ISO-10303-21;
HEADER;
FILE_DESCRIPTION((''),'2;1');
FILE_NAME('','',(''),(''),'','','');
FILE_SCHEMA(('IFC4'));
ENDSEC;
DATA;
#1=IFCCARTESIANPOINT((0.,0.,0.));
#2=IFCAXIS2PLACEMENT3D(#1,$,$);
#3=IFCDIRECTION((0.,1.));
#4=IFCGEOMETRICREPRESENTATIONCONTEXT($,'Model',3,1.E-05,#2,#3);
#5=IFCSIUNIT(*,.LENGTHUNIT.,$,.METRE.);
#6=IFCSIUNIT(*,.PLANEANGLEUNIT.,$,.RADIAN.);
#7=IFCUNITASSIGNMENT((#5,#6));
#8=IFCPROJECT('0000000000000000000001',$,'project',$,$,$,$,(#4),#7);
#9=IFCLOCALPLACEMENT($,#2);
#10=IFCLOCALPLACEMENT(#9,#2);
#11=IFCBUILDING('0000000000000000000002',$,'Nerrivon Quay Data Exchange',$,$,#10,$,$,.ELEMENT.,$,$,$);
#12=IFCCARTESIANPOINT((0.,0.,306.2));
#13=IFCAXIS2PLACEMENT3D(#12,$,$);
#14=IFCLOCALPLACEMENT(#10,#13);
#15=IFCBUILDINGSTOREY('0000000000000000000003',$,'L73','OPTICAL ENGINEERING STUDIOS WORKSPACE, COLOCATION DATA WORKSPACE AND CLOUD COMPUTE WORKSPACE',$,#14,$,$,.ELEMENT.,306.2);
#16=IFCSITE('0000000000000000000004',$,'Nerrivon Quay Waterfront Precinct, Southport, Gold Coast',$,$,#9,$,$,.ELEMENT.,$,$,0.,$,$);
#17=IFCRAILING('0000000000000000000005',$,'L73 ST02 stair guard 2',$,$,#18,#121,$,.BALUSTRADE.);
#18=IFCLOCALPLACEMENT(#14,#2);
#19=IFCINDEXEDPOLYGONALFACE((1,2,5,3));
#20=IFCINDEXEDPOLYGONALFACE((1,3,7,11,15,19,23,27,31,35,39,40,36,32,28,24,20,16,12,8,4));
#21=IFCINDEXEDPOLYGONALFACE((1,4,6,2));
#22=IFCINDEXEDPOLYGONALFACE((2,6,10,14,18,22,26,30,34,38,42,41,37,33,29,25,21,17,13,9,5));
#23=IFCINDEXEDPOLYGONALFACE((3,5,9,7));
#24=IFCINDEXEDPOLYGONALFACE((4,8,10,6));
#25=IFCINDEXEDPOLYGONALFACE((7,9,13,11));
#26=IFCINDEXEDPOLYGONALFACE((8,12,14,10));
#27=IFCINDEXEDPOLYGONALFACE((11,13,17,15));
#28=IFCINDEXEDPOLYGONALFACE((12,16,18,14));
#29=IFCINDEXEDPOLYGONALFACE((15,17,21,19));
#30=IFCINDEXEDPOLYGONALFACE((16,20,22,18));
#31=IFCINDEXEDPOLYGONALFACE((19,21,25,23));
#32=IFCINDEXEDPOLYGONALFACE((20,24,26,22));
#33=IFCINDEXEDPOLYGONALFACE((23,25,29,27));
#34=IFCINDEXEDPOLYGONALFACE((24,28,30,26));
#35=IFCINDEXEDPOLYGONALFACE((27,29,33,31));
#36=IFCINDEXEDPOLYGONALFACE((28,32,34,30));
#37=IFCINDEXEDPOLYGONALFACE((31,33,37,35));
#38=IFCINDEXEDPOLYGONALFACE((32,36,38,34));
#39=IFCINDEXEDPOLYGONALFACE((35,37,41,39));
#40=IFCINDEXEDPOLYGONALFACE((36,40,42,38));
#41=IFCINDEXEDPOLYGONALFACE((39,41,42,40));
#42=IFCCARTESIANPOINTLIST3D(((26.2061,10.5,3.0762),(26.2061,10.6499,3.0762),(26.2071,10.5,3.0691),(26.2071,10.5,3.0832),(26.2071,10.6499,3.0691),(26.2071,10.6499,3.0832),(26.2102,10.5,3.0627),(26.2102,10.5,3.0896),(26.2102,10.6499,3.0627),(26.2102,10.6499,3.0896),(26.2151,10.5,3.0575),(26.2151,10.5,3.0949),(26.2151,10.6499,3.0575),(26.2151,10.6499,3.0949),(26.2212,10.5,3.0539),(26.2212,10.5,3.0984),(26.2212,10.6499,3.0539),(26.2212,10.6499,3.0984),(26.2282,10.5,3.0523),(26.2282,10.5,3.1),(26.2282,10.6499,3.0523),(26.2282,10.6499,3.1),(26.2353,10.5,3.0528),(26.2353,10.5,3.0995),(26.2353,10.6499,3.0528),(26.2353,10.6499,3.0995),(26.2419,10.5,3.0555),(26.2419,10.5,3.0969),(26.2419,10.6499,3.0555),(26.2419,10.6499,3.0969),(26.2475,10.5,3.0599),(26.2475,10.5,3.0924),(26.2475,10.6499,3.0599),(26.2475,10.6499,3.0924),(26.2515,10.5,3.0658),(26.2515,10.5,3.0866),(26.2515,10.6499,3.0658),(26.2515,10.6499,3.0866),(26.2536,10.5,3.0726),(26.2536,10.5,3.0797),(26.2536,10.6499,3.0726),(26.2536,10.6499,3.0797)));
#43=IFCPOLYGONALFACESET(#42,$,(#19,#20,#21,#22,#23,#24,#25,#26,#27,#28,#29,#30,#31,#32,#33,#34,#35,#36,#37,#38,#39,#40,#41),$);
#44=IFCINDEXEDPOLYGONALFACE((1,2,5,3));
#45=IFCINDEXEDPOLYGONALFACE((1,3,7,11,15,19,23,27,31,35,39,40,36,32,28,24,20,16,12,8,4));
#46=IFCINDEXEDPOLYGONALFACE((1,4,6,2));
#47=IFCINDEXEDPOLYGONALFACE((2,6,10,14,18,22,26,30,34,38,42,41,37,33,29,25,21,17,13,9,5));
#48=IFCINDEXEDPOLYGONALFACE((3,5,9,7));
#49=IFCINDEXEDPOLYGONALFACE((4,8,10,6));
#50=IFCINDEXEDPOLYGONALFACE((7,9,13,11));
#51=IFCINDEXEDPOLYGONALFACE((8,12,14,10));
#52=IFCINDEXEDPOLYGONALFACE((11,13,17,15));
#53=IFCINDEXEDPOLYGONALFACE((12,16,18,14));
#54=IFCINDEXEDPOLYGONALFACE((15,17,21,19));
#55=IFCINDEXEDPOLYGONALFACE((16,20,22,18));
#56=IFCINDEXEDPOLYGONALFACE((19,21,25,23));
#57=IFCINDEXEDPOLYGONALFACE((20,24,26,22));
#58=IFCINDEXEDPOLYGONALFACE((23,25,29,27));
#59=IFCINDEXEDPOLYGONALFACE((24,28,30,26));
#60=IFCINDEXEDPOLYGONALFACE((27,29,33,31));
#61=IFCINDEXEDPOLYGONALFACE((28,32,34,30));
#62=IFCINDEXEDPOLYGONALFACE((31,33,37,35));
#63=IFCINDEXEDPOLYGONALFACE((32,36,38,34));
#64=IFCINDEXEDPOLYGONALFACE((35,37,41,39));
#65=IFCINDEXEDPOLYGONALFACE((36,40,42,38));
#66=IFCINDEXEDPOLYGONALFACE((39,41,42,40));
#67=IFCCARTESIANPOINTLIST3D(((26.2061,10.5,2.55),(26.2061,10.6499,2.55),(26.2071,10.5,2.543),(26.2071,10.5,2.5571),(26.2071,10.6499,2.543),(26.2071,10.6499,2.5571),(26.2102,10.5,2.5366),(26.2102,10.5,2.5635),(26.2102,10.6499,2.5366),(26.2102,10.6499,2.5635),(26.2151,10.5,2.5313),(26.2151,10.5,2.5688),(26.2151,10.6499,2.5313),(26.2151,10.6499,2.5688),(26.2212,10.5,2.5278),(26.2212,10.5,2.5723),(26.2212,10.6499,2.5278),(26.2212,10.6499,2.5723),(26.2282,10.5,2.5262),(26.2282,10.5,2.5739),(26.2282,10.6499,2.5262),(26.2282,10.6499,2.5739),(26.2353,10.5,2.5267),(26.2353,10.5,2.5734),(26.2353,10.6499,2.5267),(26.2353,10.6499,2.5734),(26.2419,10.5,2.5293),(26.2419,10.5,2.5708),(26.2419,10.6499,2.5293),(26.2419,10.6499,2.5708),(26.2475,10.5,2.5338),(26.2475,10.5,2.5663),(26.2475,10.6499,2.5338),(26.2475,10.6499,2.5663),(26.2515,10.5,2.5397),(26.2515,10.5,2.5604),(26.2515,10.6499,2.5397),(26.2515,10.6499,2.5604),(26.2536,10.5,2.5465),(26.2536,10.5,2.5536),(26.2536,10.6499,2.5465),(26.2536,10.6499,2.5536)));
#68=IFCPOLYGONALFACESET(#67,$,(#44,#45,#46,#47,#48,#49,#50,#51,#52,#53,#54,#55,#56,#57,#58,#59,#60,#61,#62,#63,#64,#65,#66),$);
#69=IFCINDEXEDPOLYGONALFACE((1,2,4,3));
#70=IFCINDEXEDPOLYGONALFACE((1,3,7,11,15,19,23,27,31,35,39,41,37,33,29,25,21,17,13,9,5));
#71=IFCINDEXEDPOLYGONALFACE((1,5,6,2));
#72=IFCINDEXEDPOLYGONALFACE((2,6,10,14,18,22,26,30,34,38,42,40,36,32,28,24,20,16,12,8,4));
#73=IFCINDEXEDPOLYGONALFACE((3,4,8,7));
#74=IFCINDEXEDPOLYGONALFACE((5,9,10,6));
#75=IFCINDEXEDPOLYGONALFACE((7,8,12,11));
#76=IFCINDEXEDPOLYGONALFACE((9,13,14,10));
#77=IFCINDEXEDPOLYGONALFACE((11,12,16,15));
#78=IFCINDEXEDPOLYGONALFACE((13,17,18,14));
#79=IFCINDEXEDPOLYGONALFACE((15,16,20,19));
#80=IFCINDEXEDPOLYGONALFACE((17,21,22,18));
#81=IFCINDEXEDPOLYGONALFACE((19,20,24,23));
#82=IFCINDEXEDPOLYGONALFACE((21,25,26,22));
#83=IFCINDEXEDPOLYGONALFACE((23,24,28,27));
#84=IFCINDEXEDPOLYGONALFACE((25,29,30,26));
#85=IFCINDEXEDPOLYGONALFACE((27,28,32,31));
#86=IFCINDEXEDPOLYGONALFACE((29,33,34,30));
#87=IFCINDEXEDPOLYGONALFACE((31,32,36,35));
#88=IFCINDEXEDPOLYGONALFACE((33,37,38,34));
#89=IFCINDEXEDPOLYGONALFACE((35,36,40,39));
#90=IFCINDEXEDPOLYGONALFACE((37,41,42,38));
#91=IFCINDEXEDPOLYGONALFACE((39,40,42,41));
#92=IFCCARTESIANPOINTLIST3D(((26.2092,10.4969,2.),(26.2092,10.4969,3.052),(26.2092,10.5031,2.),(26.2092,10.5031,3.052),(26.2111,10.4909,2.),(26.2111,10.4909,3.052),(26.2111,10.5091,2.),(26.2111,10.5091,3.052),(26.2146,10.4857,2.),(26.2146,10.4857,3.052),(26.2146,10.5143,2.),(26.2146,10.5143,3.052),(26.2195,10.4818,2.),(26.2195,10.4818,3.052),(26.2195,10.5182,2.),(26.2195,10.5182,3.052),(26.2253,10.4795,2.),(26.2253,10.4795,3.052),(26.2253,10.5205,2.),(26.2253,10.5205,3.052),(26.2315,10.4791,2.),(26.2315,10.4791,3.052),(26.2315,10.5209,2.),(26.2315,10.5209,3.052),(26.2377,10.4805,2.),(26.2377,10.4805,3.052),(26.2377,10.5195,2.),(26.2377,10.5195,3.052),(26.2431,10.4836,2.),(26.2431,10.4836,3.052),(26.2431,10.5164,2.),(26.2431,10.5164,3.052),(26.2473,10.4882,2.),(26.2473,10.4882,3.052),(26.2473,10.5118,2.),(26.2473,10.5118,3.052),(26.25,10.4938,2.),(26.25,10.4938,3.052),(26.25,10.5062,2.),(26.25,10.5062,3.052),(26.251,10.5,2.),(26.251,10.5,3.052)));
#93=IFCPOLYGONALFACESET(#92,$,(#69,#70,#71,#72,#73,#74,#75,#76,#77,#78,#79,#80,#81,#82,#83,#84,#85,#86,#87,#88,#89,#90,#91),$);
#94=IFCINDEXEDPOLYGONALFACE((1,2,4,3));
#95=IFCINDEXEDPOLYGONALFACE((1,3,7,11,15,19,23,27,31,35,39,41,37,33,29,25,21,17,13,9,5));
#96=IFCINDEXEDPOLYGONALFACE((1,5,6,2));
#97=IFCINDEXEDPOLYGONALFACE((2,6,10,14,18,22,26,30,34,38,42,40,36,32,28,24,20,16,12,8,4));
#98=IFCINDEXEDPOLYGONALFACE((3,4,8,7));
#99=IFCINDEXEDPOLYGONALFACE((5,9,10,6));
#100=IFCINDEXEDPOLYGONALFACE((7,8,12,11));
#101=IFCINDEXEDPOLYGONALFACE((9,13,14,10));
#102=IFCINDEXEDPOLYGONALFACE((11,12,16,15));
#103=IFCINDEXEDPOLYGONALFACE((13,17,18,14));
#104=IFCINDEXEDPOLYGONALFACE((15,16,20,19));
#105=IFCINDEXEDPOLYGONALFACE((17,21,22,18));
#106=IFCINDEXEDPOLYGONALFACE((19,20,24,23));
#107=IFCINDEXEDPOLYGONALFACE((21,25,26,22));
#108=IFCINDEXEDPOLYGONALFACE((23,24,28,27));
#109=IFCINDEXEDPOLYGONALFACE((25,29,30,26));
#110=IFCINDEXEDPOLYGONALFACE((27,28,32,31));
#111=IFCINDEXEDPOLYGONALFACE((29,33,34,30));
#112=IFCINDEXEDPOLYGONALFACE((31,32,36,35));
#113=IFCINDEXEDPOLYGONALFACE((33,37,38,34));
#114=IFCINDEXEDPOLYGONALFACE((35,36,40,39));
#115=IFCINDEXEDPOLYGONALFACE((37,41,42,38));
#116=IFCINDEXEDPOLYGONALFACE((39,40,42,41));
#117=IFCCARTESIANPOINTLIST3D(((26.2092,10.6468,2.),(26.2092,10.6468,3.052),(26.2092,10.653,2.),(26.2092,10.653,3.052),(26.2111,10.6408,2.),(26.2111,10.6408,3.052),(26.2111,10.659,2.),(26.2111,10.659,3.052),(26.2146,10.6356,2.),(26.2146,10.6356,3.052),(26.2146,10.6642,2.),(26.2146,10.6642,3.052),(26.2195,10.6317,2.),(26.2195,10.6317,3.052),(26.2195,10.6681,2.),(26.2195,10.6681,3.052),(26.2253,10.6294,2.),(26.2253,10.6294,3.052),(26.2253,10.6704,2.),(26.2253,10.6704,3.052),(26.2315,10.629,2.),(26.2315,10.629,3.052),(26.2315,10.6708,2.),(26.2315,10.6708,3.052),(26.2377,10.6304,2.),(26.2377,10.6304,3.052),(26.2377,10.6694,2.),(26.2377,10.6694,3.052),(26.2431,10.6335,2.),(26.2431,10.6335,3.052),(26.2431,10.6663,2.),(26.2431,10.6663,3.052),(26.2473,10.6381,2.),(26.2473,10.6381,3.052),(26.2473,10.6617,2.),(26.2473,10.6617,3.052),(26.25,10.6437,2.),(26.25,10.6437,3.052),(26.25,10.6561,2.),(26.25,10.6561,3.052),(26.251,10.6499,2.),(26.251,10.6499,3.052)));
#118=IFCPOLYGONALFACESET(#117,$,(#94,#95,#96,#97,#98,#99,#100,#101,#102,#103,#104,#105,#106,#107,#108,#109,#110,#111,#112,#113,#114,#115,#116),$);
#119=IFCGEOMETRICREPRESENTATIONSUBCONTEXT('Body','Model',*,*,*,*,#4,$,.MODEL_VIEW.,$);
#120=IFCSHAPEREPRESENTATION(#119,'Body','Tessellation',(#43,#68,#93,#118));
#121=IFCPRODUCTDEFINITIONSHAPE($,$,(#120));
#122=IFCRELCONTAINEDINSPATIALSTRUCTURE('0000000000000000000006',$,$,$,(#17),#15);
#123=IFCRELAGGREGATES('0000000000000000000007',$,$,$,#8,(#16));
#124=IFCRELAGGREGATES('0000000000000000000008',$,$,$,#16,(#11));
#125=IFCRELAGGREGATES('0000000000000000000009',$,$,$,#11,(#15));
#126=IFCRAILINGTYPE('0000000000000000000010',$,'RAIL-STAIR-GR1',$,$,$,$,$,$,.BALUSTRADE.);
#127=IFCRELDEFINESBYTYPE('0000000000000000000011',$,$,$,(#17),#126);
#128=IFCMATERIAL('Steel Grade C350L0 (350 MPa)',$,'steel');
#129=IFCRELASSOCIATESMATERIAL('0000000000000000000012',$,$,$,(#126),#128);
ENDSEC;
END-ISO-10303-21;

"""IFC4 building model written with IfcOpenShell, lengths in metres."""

from ifc_helpers import new_model, si_unit, direction, frame, origin, origin_2d, place, context, subcontext, project, spatial, circle, extrude, material, type_object, element, save


model = new_model("IFC4")

# Units and contexts
model_context = context("Model", 3, precision=1e-05, world=origin(), true_north=direction((0.0, 1.0)))
body_context = subcontext(model_context, "Body", "Model", "MODEL_VIEW")
ifc_project = project(units=[si_unit("LENGTHUNIT", "METRE"), si_unit("PLANEANGLEUNIT", "RADIAN")], contexts=[model_context])

# Site, building, storey
site_placement = place(None, origin())
site = spatial("IfcSite", under=ifc_project, at=site_placement, Name="Nerrivon Quay Waterfront Precinct, Southport, Gold Coast", CompositionType="ELEMENT", RefElevation=0.0)
building_placement = place(site_placement, origin())
building = spatial("IfcBuilding", under=site, at=building_placement, Name="Nerrivon Quay Data Exchange", CompositionType="ELEMENT")
storey_placement = place(building_placement, frame((0.0, 0.0, 306.2)))
storey = spatial("IfcBuildingStorey", under=building, at=storey_placement, Name="L73", Description="OPTICAL ENGINEERING STUDIOS WORKSPACE, COLOCATION DATA WORKSPACE AND CLOUD COMPUTE WORKSPACE", CompositionType="ELEMENT", Elevation=306.2)

# Railing
ifc_material_1 = material(Name="Steel Grade C350L0 (350 MPa)", Category="steel")
railing_type_1 = type_object("IfcRailingType", Name="RAIL-STAIR-GR1", PredefinedType="BALUSTRADE", material=ifc_material_1)
railing_1_placement = place(storey_placement, frame((26.23, 10.5, 2.0)))
element("IfcRailing", 1, at=railing_1_placement, inside=storey, type_object=railing_type_1, Name="L73 ST02 stair guard 2", PredefinedType="BALUSTRADE", context=body_context, shape_type="SweptSolid", body=[
    extrude(circle(Radius=0.0239, at=origin_2d()), frame((0.0, 0.0, 1.0762), z_axis=(0.0, 1.0, 0.0), x_axis=(-1.0, 0.0, 0.0)), (0.0, 0.0, 1.0), 0.1499),
    extrude(circle(Radius=0.0239, at=origin_2d()), frame((0.0, 0.0, 0.55), z_axis=(0.0, 1.0, 0.0), x_axis=(-1.0, 0.0, 0.0)), (0.0, 0.0, 1.0), 0.1499),
    extrude(circle(Radius=0.021, at=origin_2d()), origin(), (0.0, 0.0, 1.0), 1.052),
    extrude(circle(Radius=0.021, at=origin_2d()), frame((0.0, 0.1499, 0.0)), (0.0, 0.0, 1.0), 1.052),
])

save(model, "model.ifc")
